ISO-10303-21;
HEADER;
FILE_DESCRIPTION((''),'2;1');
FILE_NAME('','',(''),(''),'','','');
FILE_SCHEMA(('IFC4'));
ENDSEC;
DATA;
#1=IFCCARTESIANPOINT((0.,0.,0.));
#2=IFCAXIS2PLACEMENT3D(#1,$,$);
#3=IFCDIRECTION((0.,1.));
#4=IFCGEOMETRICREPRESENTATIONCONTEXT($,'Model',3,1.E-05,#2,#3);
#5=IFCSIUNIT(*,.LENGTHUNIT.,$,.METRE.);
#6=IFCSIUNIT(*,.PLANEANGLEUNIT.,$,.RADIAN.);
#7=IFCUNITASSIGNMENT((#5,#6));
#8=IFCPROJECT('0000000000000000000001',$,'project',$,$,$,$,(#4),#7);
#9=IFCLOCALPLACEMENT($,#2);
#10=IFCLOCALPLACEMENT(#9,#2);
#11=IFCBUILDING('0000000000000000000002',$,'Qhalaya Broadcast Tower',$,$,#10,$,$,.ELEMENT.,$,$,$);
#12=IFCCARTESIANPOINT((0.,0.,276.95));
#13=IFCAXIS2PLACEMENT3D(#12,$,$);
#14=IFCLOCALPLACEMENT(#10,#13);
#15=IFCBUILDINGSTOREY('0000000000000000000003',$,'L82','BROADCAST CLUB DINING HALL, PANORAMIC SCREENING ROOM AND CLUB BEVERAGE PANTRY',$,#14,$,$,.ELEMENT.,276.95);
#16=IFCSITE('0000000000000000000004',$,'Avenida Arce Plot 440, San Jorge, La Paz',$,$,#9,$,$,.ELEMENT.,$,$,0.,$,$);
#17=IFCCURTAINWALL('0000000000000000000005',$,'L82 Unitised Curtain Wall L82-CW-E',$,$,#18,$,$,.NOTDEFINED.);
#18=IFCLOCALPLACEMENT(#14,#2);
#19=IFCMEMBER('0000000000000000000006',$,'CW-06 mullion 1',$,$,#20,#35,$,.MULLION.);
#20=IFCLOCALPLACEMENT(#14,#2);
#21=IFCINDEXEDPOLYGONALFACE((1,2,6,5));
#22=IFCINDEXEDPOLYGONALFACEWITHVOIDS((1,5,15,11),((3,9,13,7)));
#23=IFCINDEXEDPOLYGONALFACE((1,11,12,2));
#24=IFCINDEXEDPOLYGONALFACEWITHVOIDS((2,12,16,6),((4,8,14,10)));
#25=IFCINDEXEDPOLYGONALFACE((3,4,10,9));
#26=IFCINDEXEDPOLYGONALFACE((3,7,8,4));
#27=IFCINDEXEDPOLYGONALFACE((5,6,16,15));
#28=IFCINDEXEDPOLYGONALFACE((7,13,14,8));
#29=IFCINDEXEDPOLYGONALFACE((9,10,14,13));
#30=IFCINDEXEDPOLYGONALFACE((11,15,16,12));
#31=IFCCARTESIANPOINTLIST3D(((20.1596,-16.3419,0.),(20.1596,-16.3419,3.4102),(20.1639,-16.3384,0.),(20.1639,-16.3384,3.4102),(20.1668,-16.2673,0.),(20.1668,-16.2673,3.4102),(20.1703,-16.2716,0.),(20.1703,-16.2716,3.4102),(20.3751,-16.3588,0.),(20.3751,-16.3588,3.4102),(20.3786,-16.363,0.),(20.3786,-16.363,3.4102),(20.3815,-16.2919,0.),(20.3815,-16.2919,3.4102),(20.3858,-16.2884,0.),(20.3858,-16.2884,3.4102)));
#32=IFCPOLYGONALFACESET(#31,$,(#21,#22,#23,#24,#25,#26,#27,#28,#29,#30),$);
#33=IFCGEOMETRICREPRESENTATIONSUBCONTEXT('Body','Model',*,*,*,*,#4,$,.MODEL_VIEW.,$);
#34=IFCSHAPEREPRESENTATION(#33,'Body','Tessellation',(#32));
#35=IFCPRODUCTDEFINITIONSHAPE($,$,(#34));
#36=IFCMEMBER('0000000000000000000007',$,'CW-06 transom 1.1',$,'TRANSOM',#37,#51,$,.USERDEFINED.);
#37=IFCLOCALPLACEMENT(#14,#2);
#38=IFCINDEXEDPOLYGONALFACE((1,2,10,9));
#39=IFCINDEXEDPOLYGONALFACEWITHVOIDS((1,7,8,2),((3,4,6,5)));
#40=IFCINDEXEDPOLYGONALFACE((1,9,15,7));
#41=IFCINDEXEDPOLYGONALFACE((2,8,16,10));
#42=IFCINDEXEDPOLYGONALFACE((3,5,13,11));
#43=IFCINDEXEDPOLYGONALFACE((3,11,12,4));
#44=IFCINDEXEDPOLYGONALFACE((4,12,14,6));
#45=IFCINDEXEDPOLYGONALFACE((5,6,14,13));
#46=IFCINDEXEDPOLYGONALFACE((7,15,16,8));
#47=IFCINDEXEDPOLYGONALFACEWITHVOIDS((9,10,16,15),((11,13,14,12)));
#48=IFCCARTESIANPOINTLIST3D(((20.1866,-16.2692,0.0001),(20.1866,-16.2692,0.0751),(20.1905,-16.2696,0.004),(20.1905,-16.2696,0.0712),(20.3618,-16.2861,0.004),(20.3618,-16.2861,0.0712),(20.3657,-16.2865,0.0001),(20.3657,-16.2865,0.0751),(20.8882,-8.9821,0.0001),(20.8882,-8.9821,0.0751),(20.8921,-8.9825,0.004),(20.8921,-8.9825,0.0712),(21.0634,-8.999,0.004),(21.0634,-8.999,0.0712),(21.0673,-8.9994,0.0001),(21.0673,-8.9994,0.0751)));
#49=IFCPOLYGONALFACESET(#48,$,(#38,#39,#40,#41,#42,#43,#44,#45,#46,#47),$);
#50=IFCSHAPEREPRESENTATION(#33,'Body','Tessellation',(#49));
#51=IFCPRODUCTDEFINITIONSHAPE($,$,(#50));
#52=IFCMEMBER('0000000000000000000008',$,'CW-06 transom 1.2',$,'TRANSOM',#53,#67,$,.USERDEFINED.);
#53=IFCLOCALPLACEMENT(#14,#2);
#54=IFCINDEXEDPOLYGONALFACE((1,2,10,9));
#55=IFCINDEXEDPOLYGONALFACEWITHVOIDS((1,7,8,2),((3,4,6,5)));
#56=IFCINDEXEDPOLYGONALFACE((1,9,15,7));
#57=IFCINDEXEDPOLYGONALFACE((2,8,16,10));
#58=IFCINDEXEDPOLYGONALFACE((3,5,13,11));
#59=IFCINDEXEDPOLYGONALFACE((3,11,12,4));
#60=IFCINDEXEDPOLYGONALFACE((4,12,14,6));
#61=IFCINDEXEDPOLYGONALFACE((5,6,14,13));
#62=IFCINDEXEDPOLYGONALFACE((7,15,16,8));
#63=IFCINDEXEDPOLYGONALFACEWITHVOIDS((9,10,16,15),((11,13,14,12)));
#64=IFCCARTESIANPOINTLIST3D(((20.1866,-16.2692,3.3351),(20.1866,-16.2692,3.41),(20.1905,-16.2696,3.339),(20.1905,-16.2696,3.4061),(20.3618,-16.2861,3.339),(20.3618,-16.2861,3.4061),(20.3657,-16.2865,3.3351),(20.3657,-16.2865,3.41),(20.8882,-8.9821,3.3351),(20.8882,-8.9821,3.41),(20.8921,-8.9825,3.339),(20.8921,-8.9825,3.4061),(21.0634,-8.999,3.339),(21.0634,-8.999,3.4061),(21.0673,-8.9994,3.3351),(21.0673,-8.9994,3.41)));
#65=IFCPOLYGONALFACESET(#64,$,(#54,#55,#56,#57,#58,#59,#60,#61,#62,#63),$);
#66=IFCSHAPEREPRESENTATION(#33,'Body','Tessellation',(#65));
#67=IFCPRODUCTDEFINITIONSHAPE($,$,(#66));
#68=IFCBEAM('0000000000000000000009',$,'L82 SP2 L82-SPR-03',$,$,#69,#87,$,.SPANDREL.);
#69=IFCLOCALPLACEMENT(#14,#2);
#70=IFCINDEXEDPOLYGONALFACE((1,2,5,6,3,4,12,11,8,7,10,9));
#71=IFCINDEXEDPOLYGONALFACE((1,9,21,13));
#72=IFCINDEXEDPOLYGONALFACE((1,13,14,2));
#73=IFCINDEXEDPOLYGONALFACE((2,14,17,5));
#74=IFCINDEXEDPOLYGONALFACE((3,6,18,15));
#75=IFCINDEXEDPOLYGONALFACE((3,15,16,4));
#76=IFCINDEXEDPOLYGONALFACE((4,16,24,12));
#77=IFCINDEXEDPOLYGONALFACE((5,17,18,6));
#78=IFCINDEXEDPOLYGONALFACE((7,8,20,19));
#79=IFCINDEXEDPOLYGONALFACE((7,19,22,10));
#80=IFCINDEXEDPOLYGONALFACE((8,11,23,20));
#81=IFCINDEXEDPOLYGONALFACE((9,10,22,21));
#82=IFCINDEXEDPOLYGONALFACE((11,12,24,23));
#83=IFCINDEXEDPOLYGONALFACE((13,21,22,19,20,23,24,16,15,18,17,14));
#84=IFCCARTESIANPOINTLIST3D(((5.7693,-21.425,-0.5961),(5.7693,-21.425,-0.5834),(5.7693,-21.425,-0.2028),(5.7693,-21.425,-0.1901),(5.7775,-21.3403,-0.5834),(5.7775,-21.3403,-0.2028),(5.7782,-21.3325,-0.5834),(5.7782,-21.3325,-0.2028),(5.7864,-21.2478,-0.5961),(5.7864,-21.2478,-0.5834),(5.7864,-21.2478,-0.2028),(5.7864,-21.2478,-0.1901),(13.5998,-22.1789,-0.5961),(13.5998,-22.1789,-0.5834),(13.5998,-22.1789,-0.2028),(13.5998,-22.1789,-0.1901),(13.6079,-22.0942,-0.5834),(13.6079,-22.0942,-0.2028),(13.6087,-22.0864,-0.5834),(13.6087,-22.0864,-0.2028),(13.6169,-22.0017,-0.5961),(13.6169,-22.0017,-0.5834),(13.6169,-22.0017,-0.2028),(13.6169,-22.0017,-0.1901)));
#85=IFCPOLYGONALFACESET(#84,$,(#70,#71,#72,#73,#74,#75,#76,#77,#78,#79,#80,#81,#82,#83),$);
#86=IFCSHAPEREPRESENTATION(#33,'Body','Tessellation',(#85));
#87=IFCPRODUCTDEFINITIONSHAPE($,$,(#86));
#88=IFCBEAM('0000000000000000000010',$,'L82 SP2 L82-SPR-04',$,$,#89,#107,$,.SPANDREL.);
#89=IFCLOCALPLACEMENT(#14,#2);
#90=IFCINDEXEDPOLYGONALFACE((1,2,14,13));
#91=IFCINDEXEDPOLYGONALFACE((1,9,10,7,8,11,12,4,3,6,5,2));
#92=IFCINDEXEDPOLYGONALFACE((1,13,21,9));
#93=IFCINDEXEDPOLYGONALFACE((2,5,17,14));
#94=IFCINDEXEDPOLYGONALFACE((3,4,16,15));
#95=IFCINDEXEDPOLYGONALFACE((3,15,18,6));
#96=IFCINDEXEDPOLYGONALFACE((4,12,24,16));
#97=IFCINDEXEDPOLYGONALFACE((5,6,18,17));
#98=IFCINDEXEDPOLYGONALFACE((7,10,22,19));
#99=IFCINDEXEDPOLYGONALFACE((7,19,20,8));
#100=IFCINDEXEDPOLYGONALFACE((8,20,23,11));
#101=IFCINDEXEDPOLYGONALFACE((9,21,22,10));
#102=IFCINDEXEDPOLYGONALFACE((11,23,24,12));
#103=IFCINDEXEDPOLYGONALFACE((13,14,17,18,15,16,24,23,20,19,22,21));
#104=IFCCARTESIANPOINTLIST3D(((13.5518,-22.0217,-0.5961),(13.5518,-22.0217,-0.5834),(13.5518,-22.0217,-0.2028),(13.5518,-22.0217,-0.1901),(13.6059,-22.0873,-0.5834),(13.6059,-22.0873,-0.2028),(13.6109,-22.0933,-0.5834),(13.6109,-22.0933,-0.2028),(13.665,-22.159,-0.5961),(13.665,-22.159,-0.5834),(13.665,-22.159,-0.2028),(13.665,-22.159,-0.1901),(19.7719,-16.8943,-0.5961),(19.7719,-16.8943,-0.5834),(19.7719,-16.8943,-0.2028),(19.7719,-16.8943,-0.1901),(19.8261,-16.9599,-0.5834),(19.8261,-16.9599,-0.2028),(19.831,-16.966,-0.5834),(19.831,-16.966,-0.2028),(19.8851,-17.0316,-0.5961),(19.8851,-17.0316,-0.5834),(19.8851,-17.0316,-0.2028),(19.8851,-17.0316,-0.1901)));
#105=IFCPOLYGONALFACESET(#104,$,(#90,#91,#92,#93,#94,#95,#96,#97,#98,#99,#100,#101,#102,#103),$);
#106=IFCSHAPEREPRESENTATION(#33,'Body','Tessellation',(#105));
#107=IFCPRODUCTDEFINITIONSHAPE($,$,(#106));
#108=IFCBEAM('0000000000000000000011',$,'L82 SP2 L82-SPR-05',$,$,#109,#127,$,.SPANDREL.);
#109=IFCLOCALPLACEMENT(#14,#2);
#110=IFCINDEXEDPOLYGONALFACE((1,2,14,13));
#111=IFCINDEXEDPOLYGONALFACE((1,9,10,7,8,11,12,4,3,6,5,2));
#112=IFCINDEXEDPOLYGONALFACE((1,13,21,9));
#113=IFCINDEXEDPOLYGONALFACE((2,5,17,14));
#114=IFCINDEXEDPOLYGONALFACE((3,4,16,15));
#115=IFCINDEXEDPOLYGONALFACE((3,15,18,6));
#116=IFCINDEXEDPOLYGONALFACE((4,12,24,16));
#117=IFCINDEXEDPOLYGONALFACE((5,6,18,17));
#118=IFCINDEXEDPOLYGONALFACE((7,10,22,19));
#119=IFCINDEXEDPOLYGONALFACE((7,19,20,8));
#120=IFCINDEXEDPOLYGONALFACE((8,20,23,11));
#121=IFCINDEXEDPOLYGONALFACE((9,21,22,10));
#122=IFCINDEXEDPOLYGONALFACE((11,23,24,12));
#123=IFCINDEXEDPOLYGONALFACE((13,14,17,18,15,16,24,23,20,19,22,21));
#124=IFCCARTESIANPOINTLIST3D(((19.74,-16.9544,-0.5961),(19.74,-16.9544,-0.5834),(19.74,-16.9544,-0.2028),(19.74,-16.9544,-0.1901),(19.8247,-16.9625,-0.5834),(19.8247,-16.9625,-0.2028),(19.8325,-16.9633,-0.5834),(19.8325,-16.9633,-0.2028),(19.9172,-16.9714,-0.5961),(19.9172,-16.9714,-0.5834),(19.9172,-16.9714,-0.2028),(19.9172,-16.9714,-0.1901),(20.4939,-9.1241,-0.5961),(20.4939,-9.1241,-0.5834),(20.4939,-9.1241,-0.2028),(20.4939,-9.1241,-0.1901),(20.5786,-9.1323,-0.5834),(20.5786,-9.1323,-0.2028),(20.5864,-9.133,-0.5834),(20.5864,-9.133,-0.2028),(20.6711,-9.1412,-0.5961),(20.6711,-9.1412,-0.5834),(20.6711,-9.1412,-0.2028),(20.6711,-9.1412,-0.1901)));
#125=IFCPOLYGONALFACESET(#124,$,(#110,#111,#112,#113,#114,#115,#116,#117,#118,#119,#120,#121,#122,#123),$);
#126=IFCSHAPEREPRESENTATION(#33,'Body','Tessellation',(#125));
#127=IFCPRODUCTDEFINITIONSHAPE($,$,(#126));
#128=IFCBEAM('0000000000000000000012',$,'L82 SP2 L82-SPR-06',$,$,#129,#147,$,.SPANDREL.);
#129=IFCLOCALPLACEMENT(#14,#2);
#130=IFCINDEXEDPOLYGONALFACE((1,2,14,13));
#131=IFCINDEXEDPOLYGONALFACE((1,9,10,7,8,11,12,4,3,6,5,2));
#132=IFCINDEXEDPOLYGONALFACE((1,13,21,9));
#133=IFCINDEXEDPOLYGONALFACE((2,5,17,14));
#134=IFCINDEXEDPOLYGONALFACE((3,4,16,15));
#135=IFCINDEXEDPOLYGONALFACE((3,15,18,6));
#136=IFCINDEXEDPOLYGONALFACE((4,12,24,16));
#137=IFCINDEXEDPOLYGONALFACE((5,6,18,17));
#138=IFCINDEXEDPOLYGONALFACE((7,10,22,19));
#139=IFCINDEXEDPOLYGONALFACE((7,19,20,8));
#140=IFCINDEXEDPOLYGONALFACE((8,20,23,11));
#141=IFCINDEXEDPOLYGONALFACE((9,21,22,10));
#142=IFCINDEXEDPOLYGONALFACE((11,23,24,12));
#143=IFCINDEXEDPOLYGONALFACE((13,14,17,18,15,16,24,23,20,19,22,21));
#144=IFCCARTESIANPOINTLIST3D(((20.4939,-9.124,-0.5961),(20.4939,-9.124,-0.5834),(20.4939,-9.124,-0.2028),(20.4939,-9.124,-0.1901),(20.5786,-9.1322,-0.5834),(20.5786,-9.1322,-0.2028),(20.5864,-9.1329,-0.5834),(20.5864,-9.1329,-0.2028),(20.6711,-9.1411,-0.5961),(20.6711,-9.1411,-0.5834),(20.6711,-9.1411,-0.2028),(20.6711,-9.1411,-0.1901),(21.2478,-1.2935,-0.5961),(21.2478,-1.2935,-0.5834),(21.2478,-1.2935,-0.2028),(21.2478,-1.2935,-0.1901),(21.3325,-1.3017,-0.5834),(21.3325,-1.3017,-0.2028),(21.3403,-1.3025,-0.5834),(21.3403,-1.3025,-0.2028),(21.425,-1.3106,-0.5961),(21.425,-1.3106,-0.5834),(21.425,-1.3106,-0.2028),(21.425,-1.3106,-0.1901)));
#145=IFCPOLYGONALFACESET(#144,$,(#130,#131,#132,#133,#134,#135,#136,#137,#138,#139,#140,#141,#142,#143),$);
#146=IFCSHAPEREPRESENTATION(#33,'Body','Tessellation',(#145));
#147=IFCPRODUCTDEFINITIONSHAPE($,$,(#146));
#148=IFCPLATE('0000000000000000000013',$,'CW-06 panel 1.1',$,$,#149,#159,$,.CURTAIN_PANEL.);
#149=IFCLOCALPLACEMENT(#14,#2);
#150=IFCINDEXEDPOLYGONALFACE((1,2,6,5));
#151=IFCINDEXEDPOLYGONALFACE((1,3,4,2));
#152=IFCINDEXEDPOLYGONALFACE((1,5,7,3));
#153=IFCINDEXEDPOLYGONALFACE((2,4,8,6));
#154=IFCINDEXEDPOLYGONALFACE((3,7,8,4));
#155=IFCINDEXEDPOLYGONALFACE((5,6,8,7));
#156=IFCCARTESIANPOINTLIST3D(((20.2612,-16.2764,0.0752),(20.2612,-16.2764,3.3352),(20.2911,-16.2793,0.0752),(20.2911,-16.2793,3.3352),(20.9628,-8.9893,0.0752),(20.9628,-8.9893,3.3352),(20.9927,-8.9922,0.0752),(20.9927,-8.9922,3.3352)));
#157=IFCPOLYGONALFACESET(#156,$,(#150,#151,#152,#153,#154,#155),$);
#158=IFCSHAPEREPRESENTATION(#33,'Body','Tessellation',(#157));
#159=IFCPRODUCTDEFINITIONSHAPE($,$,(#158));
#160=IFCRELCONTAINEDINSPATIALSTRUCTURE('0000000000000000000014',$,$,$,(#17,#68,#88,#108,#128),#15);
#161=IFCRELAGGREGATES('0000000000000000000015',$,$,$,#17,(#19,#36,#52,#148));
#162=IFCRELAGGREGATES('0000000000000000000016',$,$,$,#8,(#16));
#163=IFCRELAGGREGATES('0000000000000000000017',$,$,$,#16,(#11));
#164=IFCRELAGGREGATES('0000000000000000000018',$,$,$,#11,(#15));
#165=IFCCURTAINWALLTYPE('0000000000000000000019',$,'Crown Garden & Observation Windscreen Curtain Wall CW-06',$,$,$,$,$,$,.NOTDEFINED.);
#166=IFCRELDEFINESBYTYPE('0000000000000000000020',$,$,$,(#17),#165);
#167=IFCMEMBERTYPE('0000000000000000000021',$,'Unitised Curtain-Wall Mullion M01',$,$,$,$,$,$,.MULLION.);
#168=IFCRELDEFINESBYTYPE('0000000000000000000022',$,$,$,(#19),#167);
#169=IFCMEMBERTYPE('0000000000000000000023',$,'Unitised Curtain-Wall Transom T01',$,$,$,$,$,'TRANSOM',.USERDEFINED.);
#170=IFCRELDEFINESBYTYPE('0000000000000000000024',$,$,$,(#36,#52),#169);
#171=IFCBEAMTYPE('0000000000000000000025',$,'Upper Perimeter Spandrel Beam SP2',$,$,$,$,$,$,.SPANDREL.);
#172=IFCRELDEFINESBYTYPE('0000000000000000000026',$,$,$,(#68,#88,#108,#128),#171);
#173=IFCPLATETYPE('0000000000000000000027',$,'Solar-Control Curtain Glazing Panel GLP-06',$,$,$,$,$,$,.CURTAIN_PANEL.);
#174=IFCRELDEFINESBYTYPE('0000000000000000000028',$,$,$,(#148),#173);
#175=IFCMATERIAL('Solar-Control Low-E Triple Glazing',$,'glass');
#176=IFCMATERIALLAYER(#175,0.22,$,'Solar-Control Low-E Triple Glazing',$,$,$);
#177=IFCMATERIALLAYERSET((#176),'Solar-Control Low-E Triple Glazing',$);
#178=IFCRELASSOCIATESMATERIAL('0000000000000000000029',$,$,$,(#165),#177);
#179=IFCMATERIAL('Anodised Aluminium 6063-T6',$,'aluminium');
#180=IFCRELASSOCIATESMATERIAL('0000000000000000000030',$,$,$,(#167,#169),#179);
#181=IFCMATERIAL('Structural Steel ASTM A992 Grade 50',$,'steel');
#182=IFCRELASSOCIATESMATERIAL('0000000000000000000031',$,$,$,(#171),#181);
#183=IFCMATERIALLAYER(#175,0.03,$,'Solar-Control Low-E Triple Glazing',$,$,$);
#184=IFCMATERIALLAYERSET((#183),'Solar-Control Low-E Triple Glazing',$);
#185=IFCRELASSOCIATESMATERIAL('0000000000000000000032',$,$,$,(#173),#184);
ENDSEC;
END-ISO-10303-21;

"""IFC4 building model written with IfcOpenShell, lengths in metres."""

from ifc_helpers import new_model, si_unit, direction, frame, origin, origin_2d, place, context, subcontext, project, spatial, rectangle, hollow_rectangle, i_section, extrude, material, layer, layer_set, material_profile, profile_set, type_object, element, aggregate, save


model = new_model("IFC4")

# Units and contexts
model_context = context("Model", 3, precision=1e-05, world=origin(), true_north=direction((0.0, 1.0)))
body_context = subcontext(model_context, "Body", "Model", "MODEL_VIEW")
ifc_project = project(units=[si_unit("LENGTHUNIT", "METRE"), si_unit("PLANEANGLEUNIT", "RADIAN")], contexts=[model_context])

# Site, building, storey
site_placement = place(None, origin())
site = spatial("IfcSite", under=ifc_project, at=site_placement, Name="Avenida Arce Plot 440, San Jorge, La Paz", CompositionType="ELEMENT", RefElevation=0.0)
building_placement = place(site_placement, origin())
building = spatial("IfcBuilding", under=site, at=building_placement, Name="Qhalaya Broadcast Tower", CompositionType="ELEMENT")
storey_placement = place(building_placement, frame((0.0, 0.0, 276.95)))
storey = spatial("IfcBuildingStorey", under=building, at=storey_placement, Name="L82", Description="BROADCAST CLUB DINING HALL, PANORAMIC SCREENING ROOM AND CLUB BEVERAGE PANTRY", CompositionType="ELEMENT", Elevation=276.95)

# Shared definitions
ifc_material_1 = material(Name="Structural Steel ASTM A992 Grade 50", Category="steel")

# Curtain wall, members
ifc_material_2 = material(Name="Solar-Control Low-E Triple Glazing", Category="glass")
ifc_layer_1 = layer(ifc_material_2, 0.22, Name="Solar-Control Low-E Triple Glazing")
ifc_layer_set_1 = layer_set([ifc_layer_1], Name="Solar-Control Low-E Triple Glazing")
curtain_wall_type = type_object("IfcCurtainWallType", Name="Crown Garden & Observation Windscreen Curtain Wall CW-06", PredefinedType="NOTDEFINED", material=ifc_layer_set_1)
curtain_wall_placement = place(storey_placement, origin())
curtain_wall = element("IfcCurtainWall", 1, at=curtain_wall_placement, inside=storey, type_object=curtain_wall_type, Name="L82 Unitised Curtain Wall L82-CW-E", PredefinedType="NOTDEFINED")
ifc_material_3 = material(Name="Anodised Aluminium 6063-T6", Category="aluminium")
ifc_material_profile_1 = material_profile(ifc_material_3, hollow_rectangle(XDim=0.075, YDim=0.22, WallThickness=0.0039, at=origin_2d()), Name="ALU-MUL 75x220x4")
ifc_profile_set_1 = profile_set([ifc_material_profile_1], Name="Anodised Aluminium 6063-T6")
member_type_1 = type_object("IfcMemberType", Name="Unitised Curtain-Wall Mullion M01", PredefinedType="MULLION", material=ifc_profile_set_1)
member_1_placement = place(storey_placement, frame((20.2727, -16.3152, 0.0), z_axis=(0.0, 0.0, 1.0), x_axis=(0.095848, 0.995396, 0.0)))
member_1 = element("IfcMember", 2, at=member_1_placement, type_object=member_type_1, Name="CW-06 mullion 1", PredefinedType="MULLION", context=body_context, shape_type="SweptSolid", body=[
    extrude(hollow_rectangle(XDim=0.075, YDim=0.22, WallThickness=0.0039, at=origin_2d()), origin(), (0.0, 0.0, 1.0), 3.4102),
])
ifc_material_profile_2 = material_profile(ifc_material_3, hollow_rectangle(XDim=0.075, YDim=0.1799, WallThickness=0.0039, at=origin_2d()), Name="ALU-TRN 75x180x4")
ifc_profile_set_2 = profile_set([ifc_material_profile_2], Name="Anodised Aluminium 6063-T6")
member_type_2 = type_object("IfcMemberType", Name="Unitised Curtain-Wall Transom T01", ElementType="TRANSOM", PredefinedType="USERDEFINED", material=ifc_profile_set_2)
member_2_placement = place(storey_placement, frame((20.2761, -16.2778, 0.0376), z_axis=(0.095845, 0.995396, 0.0), x_axis=(0.0, 0.0, 1.0)))
member_2 = element("IfcMember", 3, at=member_2_placement, type_object=member_type_2, Name="CW-06 transom 1.1", ObjectType="TRANSOM", PredefinedType="USERDEFINED", context=body_context, shape_type="SweptSolid", body=[
    extrude(hollow_rectangle(XDim=0.075, YDim=0.1799, WallThickness=0.0039, at=origin_2d()), origin(), (0.0, 0.0, 1.0), 7.3208),
])
member_3_placement = place(storey_placement, frame((20.2761, -16.2778, 3.3726), z_axis=(0.095845, 0.995396, 0.0), x_axis=(0.0, 0.0, 1.0)))
member_3 = element("IfcMember", 4, at=member_3_placement, type_object=member_type_2, Name="CW-06 transom 1.2", ObjectType="TRANSOM", PredefinedType="USERDEFINED", context=body_context, shape_type="SweptSolid", body=[
    extrude(hollow_rectangle(XDim=0.075, YDim=0.1799, WallThickness=0.0039, at=origin_2d()), origin(), (0.0, 0.0, 1.0), 7.3208),
])

# Beams
ifc_material_profile_3 = material_profile(ifc_material_1, i_section(OverallWidth=0.178, OverallDepth=0.406, WebThickness=0.0078, FlangeThickness=0.0127, at=origin_2d()), Name="W16X40")
ifc_profile_set_3 = profile_set([ifc_material_profile_3], Name="Structural Steel ASTM A992 Grade 50")
beam_type_1 = type_object("IfcBeamType", Name="Upper Perimeter Spandrel Beam SP2", PredefinedType="SPANDREL", material=ifc_profile_set_3)
beam_1_placement = place(storey_placement, frame((5.7778, -21.3364, -0.3931), z_axis=(0.995397, -0.095834, 0.0), x_axis=(0.095834, 0.995397, 0.0)))
element("IfcBeam", 5, at=beam_1_placement, inside=storey, type_object=beam_type_1, Name="L82 SP2 L82-SPR-03", PredefinedType="SPANDREL", context=body_context, shape_type="SweptSolid", body=[
    extrude(i_section(OverallWidth=0.178, OverallDepth=0.406, WebThickness=0.0078, FlangeThickness=0.0127, at=origin_2d()), origin(), (0.0, 0.0, 1.0), 7.8667),
])
beam_2_placement = place(storey_placement, frame((13.6084, -22.0903, -0.3931), z_axis=(0.771631, 0.63607, 0.0), x_axis=(-0.63607, 0.771631, 0.0)))
element("IfcBeam", 6, at=beam_2_placement, inside=storey, type_object=beam_type_1, Name="L82 SP2 L82-SPR-04", PredefinedType="SPANDREL", context=body_context, shape_type="SweptSolid", body=[
    extrude(i_section(OverallWidth=0.178, OverallDepth=0.406, WebThickness=0.0078, FlangeThickness=0.0127, at=origin_2d()), origin(), (0.0, 0.0, 1.0), 8.061),
])
beam_3_placement = place(storey_placement, frame((19.8286, -16.9629, -0.3931), z_axis=(0.095837, 0.995397, 0.0), x_axis=(-0.995397, 0.095837, 0.0)))
element("IfcBeam", 7, at=beam_3_placement, inside=storey, type_object=beam_type_1, Name="L82 SP2 L82-SPR-05", PredefinedType="SPANDREL", context=body_context, shape_type="SweptSolid", body=[
    extrude(i_section(OverallWidth=0.178, OverallDepth=0.406, WebThickness=0.0078, FlangeThickness=0.0127, at=origin_2d()), origin(), (0.0, 0.0, 1.0), 7.8665),
])
beam_4_placement = place(storey_placement, frame((20.5825, -9.1326, -0.3931), z_axis=(0.095834, 0.995397, 0.0), x_axis=(-0.995397, 0.095834, 0.0)))
element("IfcBeam", 8, at=beam_4_placement, inside=storey, type_object=beam_type_1, Name="L82 SP2 L82-SPR-06", PredefinedType="SPANDREL", context=body_context, shape_type="SweptSolid", body=[
    extrude(i_section(OverallWidth=0.178, OverallDepth=0.406, WebThickness=0.0078, FlangeThickness=0.0127, at=origin_2d()), origin(), (0.0, 0.0, 1.0), 7.8667),
])

# Plate
ifc_layer_2 = layer(ifc_material_2, 0.03, Name="Solar-Control Low-E Triple Glazing")
ifc_layer_set_2 = layer_set([ifc_layer_2], Name="Solar-Control Low-E Triple Glazing")
plate_type = type_object("IfcPlateType", Name="Solar-Control Curtain Glazing Panel GLP-06", PredefinedType="CURTAIN_PANEL", material=ifc_layer_set_2)
plate_placement = place(storey_placement, frame((20.627, -12.6343, 0.0752), z_axis=(0.0, 0.0, 1.0), x_axis=(0.095848, 0.995396, 0.0)))
plate = element("IfcPlate", 9, at=plate_placement, type_object=plate_type, Name="CW-06 panel 1.1", PredefinedType="CURTAIN_PANEL", context=body_context, shape_type="SweptSolid", body=[
    extrude(rectangle(XDim=7.3208, YDim=0.03, at=origin_2d()), origin(), (0.0, 0.0, 1.0), 3.26),
])
aggregate(curtain_wall, [member_1, member_2, member_3, plate])

save(model, "model.ifc")
